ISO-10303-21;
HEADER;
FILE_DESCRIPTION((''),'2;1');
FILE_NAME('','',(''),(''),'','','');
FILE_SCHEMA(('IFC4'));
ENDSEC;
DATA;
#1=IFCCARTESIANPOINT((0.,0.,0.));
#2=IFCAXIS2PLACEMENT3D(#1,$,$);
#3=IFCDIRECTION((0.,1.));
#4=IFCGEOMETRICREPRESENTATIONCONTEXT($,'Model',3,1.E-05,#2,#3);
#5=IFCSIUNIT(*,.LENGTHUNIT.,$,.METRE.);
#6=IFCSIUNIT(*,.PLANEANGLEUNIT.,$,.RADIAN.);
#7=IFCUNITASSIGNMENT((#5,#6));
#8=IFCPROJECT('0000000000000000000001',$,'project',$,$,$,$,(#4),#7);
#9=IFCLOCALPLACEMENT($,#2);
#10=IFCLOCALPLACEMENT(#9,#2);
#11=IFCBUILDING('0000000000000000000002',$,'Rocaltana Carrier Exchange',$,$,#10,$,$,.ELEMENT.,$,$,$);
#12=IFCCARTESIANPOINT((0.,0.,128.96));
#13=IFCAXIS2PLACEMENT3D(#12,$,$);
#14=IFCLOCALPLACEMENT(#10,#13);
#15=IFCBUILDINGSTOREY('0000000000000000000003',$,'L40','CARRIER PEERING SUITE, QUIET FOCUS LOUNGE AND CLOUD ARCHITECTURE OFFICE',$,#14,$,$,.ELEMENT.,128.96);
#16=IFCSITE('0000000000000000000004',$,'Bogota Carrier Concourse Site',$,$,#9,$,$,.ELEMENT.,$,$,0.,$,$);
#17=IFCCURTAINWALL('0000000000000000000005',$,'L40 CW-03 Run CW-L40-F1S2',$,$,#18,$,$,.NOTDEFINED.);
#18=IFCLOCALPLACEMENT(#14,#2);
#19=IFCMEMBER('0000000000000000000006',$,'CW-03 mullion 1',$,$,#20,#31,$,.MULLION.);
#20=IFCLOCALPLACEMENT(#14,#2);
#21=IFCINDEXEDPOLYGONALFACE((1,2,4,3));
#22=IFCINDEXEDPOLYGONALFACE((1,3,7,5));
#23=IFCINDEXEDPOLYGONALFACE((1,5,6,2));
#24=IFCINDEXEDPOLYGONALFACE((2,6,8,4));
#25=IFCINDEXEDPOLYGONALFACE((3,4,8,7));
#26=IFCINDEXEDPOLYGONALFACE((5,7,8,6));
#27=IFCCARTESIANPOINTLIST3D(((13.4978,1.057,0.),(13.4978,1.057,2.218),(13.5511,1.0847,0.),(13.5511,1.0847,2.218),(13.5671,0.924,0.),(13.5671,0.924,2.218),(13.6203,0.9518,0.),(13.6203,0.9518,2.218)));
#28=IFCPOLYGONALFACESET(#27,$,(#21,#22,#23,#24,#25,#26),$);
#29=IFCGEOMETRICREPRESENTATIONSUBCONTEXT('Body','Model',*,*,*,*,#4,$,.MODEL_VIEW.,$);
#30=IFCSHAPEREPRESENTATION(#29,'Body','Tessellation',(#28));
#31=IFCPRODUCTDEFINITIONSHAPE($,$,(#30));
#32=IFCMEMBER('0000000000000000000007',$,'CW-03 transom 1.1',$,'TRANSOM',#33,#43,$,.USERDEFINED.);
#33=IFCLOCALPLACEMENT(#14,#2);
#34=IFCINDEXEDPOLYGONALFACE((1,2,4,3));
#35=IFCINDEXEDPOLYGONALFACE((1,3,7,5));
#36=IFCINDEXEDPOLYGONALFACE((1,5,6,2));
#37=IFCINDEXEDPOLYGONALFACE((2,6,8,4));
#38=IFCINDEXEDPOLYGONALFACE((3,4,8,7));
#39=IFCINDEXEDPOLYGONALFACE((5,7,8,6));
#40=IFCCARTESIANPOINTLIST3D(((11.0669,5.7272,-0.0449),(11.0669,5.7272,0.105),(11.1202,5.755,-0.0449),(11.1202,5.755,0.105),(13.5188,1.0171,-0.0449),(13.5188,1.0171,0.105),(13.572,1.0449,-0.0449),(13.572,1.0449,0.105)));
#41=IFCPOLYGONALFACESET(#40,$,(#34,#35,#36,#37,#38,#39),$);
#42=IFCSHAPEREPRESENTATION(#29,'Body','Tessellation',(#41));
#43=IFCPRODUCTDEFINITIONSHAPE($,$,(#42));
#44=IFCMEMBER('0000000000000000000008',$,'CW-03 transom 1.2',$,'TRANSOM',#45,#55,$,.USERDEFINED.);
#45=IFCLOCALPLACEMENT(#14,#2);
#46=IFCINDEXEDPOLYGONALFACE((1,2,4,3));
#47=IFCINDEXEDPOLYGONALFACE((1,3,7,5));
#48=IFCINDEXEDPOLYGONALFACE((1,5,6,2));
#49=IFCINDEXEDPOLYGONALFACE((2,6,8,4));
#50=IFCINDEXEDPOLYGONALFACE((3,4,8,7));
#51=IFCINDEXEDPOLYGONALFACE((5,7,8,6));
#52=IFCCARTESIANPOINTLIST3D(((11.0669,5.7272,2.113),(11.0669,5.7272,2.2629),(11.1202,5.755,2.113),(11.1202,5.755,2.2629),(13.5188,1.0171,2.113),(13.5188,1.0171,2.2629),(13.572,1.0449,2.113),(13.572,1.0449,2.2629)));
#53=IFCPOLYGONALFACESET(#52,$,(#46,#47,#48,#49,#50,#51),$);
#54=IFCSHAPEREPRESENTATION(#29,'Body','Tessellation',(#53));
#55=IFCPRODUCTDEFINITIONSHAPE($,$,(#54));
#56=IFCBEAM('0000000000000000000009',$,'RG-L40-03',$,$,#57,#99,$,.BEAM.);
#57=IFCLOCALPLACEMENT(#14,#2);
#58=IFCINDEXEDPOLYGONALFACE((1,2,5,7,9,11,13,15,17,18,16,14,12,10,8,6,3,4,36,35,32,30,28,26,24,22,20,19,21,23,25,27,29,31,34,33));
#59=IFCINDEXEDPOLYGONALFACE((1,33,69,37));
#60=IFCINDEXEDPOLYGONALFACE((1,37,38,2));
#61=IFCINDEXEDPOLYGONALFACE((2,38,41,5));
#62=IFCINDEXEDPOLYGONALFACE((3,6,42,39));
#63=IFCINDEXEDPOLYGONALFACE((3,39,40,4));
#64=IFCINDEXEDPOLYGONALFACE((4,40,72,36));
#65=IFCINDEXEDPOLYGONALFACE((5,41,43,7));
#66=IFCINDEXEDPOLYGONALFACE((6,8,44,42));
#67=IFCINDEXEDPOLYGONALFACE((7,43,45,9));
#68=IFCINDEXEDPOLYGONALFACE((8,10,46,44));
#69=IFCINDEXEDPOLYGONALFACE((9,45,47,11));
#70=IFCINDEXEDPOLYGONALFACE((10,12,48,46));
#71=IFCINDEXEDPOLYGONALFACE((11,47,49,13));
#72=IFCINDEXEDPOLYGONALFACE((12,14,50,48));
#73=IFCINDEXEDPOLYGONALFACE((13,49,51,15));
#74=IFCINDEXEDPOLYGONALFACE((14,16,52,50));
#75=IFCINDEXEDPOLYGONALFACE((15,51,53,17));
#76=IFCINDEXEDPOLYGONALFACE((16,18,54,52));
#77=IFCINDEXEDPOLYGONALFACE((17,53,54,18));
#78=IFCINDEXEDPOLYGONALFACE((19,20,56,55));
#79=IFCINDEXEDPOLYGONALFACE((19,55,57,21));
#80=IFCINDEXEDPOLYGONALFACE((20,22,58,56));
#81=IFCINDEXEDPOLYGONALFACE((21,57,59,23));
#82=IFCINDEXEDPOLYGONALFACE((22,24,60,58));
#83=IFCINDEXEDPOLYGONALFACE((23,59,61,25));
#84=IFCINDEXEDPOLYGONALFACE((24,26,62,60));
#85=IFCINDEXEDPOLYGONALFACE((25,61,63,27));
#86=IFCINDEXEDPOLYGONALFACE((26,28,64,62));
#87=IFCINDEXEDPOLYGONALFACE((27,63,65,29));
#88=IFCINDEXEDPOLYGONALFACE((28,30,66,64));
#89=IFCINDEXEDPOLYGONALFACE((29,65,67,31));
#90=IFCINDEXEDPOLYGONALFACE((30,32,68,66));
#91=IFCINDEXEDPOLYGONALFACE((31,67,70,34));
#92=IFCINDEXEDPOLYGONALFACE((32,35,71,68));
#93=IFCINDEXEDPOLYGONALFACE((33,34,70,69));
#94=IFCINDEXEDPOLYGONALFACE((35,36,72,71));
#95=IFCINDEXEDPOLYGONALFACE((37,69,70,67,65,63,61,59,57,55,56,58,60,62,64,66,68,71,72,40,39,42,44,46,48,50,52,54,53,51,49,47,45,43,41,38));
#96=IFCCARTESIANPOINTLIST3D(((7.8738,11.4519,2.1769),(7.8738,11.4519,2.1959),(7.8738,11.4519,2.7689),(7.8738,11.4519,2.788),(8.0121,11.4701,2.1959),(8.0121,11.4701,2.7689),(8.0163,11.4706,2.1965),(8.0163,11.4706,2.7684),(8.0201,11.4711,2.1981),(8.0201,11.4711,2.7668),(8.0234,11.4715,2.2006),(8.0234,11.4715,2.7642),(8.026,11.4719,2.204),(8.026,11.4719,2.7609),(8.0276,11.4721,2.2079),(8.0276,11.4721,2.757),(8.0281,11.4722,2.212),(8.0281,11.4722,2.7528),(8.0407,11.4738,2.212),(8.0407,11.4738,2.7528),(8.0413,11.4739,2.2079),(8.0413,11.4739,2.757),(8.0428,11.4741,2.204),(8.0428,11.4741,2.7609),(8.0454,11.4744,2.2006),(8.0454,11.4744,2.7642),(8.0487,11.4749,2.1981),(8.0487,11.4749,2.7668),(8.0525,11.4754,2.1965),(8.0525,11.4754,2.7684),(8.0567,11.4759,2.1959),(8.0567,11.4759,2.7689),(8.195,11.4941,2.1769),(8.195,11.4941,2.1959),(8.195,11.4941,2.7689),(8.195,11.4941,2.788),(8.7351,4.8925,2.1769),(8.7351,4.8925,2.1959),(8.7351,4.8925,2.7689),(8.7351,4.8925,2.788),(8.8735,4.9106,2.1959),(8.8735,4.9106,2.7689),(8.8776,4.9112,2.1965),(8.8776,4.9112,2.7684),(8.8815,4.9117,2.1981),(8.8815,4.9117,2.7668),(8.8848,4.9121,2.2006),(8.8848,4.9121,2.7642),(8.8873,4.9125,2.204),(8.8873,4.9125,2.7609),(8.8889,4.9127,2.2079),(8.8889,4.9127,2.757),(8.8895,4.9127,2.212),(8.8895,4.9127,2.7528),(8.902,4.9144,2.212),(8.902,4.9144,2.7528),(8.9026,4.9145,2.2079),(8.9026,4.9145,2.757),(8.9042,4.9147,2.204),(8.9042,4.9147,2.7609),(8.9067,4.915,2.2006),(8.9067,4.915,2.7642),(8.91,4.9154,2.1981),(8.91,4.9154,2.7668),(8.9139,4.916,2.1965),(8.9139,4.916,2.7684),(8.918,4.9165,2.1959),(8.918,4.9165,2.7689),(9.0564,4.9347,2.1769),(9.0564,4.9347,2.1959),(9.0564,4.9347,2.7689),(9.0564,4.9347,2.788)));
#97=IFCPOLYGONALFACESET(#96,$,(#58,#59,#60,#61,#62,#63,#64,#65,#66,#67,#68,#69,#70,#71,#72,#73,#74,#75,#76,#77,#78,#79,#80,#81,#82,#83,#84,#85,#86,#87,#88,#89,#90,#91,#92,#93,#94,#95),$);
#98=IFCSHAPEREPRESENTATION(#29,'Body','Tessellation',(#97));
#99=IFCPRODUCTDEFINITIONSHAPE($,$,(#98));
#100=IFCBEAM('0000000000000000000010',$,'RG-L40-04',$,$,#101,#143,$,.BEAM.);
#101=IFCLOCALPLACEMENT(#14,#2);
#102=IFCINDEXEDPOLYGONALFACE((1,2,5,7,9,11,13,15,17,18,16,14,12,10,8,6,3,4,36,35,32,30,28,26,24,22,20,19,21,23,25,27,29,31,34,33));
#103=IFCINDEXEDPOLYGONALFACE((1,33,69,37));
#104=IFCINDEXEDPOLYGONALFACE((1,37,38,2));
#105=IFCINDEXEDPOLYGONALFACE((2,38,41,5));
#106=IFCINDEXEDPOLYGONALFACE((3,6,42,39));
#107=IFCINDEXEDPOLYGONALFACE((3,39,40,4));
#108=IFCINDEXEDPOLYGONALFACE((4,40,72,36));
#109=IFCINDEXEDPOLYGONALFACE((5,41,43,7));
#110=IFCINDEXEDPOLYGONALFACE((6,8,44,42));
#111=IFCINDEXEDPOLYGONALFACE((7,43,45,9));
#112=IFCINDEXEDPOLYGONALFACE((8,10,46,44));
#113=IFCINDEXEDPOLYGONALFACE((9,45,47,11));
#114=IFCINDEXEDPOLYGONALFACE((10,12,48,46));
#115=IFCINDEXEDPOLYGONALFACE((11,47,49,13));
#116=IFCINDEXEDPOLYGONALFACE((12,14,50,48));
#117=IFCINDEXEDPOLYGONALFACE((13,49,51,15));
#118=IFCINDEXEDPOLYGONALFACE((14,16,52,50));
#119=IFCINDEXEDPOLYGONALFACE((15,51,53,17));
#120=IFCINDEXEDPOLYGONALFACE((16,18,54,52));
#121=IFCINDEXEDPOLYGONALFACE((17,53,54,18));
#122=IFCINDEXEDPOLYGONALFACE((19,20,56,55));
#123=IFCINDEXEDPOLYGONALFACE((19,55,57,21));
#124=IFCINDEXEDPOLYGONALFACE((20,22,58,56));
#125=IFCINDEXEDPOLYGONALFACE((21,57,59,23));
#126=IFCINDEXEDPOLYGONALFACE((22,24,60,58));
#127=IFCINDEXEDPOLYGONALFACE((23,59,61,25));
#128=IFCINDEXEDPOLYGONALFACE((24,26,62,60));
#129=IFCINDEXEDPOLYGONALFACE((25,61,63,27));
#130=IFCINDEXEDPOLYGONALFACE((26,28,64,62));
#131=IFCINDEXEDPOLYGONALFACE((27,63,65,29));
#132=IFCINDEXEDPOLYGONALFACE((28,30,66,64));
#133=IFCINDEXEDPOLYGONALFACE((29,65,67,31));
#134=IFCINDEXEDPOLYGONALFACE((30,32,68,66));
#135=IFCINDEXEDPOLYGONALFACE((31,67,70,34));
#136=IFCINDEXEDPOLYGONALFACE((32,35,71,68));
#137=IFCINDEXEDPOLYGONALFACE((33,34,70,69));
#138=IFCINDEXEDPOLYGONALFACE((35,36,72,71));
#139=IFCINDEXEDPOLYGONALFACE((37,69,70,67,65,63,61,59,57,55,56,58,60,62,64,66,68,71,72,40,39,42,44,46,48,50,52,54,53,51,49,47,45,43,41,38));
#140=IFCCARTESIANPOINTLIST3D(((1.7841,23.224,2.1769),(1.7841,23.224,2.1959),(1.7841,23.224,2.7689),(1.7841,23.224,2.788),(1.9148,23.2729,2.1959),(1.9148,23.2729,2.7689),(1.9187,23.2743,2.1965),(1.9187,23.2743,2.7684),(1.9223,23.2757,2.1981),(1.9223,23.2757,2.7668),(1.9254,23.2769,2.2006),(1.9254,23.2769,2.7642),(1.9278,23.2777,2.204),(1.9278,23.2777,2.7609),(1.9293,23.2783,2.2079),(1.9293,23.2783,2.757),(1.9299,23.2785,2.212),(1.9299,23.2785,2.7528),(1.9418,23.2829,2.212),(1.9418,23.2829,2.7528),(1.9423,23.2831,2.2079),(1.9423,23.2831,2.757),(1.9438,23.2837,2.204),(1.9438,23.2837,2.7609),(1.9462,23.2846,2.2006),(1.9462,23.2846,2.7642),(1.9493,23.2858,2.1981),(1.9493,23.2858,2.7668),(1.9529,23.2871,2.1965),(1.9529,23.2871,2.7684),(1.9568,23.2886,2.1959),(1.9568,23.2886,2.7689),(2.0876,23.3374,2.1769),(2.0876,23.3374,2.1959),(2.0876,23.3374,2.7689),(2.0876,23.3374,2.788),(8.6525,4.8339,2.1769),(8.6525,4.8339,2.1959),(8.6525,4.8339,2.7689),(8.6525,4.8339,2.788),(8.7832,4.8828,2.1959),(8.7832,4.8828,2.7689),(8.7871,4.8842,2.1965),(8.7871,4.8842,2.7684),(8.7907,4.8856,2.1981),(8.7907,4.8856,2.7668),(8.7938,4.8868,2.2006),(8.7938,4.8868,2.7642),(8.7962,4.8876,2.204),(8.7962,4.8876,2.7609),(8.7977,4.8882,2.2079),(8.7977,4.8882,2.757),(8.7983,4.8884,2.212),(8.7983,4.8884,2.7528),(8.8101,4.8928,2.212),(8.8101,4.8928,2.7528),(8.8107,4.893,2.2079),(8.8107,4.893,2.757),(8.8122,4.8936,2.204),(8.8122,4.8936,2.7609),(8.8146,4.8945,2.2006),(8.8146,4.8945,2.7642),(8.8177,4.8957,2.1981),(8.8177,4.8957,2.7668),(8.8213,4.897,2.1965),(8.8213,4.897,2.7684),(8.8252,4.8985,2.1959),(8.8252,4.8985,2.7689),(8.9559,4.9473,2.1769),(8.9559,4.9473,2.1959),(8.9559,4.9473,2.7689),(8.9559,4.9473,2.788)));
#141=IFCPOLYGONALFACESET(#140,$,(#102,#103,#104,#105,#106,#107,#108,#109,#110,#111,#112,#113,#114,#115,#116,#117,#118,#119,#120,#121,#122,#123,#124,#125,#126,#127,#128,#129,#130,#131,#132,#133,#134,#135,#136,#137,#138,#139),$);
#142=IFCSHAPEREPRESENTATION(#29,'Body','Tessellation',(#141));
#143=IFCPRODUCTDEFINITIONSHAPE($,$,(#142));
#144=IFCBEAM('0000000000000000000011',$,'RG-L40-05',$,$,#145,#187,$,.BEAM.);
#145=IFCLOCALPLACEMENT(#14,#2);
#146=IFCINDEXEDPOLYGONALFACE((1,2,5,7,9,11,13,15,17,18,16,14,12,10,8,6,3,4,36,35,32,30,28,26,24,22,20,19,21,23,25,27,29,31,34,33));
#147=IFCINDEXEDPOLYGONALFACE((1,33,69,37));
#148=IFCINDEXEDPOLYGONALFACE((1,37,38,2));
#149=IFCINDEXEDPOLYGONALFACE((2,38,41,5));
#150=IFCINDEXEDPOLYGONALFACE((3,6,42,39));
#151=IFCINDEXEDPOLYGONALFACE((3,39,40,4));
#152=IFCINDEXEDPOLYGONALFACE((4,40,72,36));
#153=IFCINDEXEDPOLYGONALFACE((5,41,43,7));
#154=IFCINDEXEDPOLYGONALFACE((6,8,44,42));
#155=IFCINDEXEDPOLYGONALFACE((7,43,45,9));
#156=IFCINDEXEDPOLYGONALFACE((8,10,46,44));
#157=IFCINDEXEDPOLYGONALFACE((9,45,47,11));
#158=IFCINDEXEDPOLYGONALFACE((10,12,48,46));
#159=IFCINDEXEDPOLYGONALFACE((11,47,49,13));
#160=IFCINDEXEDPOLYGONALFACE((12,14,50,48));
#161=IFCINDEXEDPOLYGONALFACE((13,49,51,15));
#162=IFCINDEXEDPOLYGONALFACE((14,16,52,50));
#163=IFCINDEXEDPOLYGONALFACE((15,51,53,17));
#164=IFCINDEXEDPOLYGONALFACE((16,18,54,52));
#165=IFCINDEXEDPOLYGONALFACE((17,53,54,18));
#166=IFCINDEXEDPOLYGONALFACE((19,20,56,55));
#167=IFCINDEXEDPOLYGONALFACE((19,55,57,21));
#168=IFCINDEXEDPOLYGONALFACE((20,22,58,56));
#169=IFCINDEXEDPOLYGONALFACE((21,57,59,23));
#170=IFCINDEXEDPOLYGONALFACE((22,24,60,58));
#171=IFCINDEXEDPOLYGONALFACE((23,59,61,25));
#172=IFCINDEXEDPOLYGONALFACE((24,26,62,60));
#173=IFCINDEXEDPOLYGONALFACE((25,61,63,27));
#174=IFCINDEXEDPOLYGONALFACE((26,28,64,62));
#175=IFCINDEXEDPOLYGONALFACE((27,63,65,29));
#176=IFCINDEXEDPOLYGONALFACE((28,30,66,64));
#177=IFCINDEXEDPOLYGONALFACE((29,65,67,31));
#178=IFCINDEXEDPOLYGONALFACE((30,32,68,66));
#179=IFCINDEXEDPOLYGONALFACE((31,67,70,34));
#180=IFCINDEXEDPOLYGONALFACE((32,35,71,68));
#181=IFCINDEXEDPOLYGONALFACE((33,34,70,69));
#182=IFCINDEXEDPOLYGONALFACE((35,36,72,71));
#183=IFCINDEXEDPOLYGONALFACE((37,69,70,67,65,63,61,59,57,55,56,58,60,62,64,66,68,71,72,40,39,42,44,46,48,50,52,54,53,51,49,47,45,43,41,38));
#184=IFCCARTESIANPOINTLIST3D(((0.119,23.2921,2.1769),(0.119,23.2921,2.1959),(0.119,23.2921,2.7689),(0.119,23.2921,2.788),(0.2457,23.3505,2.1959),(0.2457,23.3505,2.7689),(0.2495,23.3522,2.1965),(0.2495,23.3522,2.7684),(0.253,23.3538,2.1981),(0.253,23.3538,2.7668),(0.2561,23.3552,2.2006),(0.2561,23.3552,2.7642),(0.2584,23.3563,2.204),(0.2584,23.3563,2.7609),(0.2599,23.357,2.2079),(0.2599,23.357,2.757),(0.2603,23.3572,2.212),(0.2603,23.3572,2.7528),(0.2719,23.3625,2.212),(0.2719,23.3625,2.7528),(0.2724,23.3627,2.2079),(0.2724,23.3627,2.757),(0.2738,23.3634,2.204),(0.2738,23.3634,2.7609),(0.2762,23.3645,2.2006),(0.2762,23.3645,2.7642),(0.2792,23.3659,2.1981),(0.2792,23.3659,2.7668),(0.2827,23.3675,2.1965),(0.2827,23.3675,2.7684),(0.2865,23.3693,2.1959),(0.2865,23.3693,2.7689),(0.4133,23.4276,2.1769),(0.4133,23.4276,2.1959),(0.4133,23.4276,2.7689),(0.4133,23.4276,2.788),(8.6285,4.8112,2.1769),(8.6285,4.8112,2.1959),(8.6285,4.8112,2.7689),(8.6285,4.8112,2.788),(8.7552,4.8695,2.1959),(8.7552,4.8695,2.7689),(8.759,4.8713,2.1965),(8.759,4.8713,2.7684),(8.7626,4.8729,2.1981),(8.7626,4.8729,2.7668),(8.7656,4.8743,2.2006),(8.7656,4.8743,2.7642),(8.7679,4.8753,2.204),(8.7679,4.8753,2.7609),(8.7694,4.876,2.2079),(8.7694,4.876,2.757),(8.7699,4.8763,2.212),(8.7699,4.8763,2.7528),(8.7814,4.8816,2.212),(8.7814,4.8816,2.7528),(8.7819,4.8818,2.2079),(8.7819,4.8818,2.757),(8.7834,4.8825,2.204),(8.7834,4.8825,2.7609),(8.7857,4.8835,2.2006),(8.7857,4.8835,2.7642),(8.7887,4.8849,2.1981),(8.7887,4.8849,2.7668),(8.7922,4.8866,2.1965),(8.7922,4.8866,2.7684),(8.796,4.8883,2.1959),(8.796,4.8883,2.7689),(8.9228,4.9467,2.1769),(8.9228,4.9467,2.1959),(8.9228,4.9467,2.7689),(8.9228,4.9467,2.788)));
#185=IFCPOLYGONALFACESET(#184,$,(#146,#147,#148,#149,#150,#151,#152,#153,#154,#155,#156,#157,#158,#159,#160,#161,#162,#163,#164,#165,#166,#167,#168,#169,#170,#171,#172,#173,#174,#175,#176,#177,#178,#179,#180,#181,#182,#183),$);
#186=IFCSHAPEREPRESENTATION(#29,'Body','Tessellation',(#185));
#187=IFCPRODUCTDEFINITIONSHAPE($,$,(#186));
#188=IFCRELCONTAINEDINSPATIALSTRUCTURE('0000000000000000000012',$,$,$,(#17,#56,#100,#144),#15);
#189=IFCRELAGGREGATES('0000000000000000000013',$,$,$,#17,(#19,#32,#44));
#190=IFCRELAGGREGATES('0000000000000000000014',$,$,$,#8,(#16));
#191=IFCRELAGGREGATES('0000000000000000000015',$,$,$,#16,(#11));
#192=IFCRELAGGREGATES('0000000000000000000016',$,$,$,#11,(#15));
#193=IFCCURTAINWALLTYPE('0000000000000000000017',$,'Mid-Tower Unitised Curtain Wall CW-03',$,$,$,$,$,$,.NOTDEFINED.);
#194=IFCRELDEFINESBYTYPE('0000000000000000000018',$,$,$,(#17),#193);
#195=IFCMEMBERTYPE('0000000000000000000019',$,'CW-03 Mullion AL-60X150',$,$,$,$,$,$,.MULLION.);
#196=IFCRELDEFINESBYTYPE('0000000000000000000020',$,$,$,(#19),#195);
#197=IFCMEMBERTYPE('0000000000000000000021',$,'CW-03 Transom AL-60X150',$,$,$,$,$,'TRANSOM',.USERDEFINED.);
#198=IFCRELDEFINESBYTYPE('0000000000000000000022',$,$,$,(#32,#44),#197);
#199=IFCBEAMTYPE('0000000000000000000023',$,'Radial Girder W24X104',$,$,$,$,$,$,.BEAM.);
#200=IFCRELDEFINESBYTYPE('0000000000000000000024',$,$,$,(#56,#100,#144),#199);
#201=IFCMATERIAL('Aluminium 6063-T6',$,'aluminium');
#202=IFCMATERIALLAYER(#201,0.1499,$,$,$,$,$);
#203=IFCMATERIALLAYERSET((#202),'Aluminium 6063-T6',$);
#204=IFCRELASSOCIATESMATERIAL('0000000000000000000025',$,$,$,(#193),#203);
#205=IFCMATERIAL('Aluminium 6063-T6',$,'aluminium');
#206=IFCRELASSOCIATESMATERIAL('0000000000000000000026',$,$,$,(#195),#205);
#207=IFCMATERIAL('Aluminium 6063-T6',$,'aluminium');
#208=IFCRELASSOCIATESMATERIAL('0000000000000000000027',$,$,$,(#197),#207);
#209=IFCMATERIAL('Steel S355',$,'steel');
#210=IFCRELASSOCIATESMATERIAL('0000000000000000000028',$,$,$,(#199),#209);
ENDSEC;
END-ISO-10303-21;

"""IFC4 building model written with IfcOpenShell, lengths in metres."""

from ifc_helpers import new_model, si_unit, direction, frame, origin, origin_2d, place, context, subcontext, project, spatial, rectangle, i_section, extrude, material, layer, layer_set, material_profile, profile_set, type_object, element, aggregate, save


model = new_model("IFC4")

# Units and contexts
model_context = context("Model", 3, precision=1e-05, world=origin(), true_north=direction((0.0, 1.0)))
body_context = subcontext(model_context, "Body", "Model", "MODEL_VIEW")
ifc_project = project(units=[si_unit("LENGTHUNIT", "METRE"), si_unit("PLANEANGLEUNIT", "RADIAN")], contexts=[model_context])

# Site, building, storey
site_placement = place(None, origin())
site = spatial("IfcSite", under=ifc_project, at=site_placement, Name="Bogota Carrier Concourse Site", CompositionType="ELEMENT", RefElevation=0.0)
building_placement = place(site_placement, origin())
building = spatial("IfcBuilding", under=site, at=building_placement, Name="Rocaltana Carrier Exchange", CompositionType="ELEMENT")
storey_placement = place(building_placement, frame((0.0, 0.0, 128.96)))
storey = spatial("IfcBuildingStorey", under=building, at=storey_placement, Name="L40", Description="CARRIER PEERING SUITE, QUIET FOCUS LOUNGE AND CLOUD ARCHITECTURE OFFICE", CompositionType="ELEMENT", Elevation=128.96)

# Curtain wall, members
ifc_material_1 = material(Name="Aluminium 6063-T6", Category="aluminium")
ifc_layer_1 = layer(ifc_material_1, 0.1499)
ifc_layer_set_1 = layer_set([ifc_layer_1], Name="Aluminium 6063-T6")
curtain_wall_type = type_object("IfcCurtainWallType", Name="Mid-Tower Unitised Curtain Wall CW-03", PredefinedType="NOTDEFINED", material=ifc_layer_set_1)
curtain_wall_placement = place(storey_placement, origin())
curtain_wall = element("IfcCurtainWall", 1, at=curtain_wall_placement, inside=storey, type_object=curtain_wall_type, Name="L40 CW-03 Run CW-L40-F1S2", PredefinedType="NOTDEFINED")
ifc_material_2 = material(Name="Aluminium 6063-T6", Category="aluminium")
ifc_material_profile_1 = material_profile(ifc_material_2, rectangle(XDim=0.0601, YDim=0.1499, at=origin_2d()), Name="AL-60X150")
ifc_profile_set_1 = profile_set([ifc_material_profile_1], Name="Aluminium 6063-T6")
member_type_1 = type_object("IfcMemberType", Name="CW-03 Mullion AL-60X150", PredefinedType="MULLION", material=ifc_profile_set_1)
member_1_placement = place(storey_placement, frame((13.5591, 1.0044, 0.0), z_axis=(0.0, 0.0, 1.0), x_axis=(-0.887012, -0.461747, 0.0)))
member_1 = element("IfcMember", 2, at=member_1_placement, type_object=member_type_1, Name="CW-03 mullion 1", PredefinedType="MULLION", context=body_context, shape_type="SweptSolid", body=[
    extrude(rectangle(XDim=0.0601, YDim=0.1499, at=origin_2d()), origin(), (0.0, 0.0, 1.0), 2.218),
])
ifc_material_3 = material(Name="Aluminium 6063-T6", Category="aluminium")
ifc_material_profile_2 = material_profile(ifc_material_3, rectangle(XDim=0.0601, YDim=0.1499, at=origin_2d()), Name="AL-60X150")
ifc_profile_set_2 = profile_set([ifc_material_profile_2], Name="Aluminium 6063-T6")
member_type_2 = type_object("IfcMemberType", Name="CW-03 Transom AL-60X150", ElementType="TRANSOM", PredefinedType="USERDEFINED", material=ifc_profile_set_2)
member_2_placement = place(storey_placement, frame((13.5454, 1.031, 0.03), z_axis=(-0.461738, 0.887016, 0.0), x_axis=(-0.887016, -0.461738, 0.0)))
member_2 = element("IfcMember", 3, at=member_2_placement, type_object=member_type_2, Name="CW-03 transom 1.1", ObjectType="TRANSOM", PredefinedType="USERDEFINED", context=body_context, shape_type="SweptSolid", body=[
    extrude(rectangle(XDim=0.0601, YDim=0.1499, at=origin_2d()), origin(), (0.0, 0.0, 1.0), 5.3101),
])
member_3_placement = place(storey_placement, frame((13.5454, 1.031, 2.188), z_axis=(-0.461738, 0.887016, 0.0), x_axis=(-0.887016, -0.461738, 0.0)))
member_3 = element("IfcMember", 4, at=member_3_placement, type_object=member_type_2, Name="CW-03 transom 1.2", ObjectType="TRANSOM", PredefinedType="USERDEFINED", context=body_context, shape_type="SweptSolid", body=[
    extrude(rectangle(XDim=0.0601, YDim=0.1499, at=origin_2d()), origin(), (0.0, 0.0, 1.0), 5.3101),
])

# Beams
ifc_material_4 = material(Name="Steel S355", Category="steel")
ifc_material_profile_3 = material_profile(ifc_material_4, i_section(OverallWidth=0.324, OverallDepth=0.6111, WebThickness=0.0127, FlangeThickness=0.019, FilletRadius=0.0161, at=origin_2d()), Name="W24X104")
ifc_profile_set_3 = profile_set([ifc_material_profile_3], Name="Steel S355")
beam_type_1 = type_object("IfcBeamType", Name="Radial Girder W24X104", PredefinedType="BEAM", material=ifc_profile_set_3)
beam_1_placement = place(storey_placement, frame((8.8958, 4.9136, 2.4824), z_axis=(-0.130196, 0.991488, 0.0), x_axis=(-0.991488, -0.130196, 0.0)))
element("IfcBeam", 5, at=beam_1_placement, inside=storey, type_object=beam_type_1, Name="RG-L40-03", PredefinedType="BEAM", context=body_context, shape_type="SweptSolid", body=[
    extrude(i_section(OverallWidth=0.324, OverallDepth=0.6111, WebThickness=0.0127, FlangeThickness=0.019, FilletRadius=0.0161, at=origin_2d()), origin(), (0.0, 0.0, 1.0), 6.6157),
])
beam_2_placement = place(storey_placement, frame((8.8042, 4.8906, 2.4824), z_axis=(-0.349877, 0.936795, 0.0), x_axis=(-0.936795, -0.349877, 0.0)))
element("IfcBeam", 6, at=beam_2_placement, inside=storey, type_object=beam_type_1, Name="RG-L40-04", PredefinedType="BEAM", context=body_context, shape_type="SweptSolid", body=[
    extrude(i_section(OverallWidth=0.324, OverallDepth=0.6111, WebThickness=0.0127, FlangeThickness=0.019, FilletRadius=0.0161, at=origin_2d()), origin(), (0.0, 0.0, 1.0), 19.6309),
])
beam_3_placement = place(storey_placement, frame((8.7756, 4.8789, 2.4824), z_axis=(-0.418242, 0.908336, 0.0), x_axis=(-0.908336, -0.418242, 0.0)))
element("IfcBeam", 7, at=beam_3_placement, inside=storey, type_object=beam_type_1, Name="RG-L40-05", PredefinedType="BEAM", context=body_context, shape_type="SweptSolid", body=[
    extrude(i_section(OverallWidth=0.324, OverallDepth=0.6111, WebThickness=0.0127, FlangeThickness=0.019, FilletRadius=0.0161, at=origin_2d()), origin(), (0.0, 0.0, 1.0), 20.3459),
])

aggregate(curtain_wall, [member_1, member_2, member_3])

save(model, "model.ifc")
